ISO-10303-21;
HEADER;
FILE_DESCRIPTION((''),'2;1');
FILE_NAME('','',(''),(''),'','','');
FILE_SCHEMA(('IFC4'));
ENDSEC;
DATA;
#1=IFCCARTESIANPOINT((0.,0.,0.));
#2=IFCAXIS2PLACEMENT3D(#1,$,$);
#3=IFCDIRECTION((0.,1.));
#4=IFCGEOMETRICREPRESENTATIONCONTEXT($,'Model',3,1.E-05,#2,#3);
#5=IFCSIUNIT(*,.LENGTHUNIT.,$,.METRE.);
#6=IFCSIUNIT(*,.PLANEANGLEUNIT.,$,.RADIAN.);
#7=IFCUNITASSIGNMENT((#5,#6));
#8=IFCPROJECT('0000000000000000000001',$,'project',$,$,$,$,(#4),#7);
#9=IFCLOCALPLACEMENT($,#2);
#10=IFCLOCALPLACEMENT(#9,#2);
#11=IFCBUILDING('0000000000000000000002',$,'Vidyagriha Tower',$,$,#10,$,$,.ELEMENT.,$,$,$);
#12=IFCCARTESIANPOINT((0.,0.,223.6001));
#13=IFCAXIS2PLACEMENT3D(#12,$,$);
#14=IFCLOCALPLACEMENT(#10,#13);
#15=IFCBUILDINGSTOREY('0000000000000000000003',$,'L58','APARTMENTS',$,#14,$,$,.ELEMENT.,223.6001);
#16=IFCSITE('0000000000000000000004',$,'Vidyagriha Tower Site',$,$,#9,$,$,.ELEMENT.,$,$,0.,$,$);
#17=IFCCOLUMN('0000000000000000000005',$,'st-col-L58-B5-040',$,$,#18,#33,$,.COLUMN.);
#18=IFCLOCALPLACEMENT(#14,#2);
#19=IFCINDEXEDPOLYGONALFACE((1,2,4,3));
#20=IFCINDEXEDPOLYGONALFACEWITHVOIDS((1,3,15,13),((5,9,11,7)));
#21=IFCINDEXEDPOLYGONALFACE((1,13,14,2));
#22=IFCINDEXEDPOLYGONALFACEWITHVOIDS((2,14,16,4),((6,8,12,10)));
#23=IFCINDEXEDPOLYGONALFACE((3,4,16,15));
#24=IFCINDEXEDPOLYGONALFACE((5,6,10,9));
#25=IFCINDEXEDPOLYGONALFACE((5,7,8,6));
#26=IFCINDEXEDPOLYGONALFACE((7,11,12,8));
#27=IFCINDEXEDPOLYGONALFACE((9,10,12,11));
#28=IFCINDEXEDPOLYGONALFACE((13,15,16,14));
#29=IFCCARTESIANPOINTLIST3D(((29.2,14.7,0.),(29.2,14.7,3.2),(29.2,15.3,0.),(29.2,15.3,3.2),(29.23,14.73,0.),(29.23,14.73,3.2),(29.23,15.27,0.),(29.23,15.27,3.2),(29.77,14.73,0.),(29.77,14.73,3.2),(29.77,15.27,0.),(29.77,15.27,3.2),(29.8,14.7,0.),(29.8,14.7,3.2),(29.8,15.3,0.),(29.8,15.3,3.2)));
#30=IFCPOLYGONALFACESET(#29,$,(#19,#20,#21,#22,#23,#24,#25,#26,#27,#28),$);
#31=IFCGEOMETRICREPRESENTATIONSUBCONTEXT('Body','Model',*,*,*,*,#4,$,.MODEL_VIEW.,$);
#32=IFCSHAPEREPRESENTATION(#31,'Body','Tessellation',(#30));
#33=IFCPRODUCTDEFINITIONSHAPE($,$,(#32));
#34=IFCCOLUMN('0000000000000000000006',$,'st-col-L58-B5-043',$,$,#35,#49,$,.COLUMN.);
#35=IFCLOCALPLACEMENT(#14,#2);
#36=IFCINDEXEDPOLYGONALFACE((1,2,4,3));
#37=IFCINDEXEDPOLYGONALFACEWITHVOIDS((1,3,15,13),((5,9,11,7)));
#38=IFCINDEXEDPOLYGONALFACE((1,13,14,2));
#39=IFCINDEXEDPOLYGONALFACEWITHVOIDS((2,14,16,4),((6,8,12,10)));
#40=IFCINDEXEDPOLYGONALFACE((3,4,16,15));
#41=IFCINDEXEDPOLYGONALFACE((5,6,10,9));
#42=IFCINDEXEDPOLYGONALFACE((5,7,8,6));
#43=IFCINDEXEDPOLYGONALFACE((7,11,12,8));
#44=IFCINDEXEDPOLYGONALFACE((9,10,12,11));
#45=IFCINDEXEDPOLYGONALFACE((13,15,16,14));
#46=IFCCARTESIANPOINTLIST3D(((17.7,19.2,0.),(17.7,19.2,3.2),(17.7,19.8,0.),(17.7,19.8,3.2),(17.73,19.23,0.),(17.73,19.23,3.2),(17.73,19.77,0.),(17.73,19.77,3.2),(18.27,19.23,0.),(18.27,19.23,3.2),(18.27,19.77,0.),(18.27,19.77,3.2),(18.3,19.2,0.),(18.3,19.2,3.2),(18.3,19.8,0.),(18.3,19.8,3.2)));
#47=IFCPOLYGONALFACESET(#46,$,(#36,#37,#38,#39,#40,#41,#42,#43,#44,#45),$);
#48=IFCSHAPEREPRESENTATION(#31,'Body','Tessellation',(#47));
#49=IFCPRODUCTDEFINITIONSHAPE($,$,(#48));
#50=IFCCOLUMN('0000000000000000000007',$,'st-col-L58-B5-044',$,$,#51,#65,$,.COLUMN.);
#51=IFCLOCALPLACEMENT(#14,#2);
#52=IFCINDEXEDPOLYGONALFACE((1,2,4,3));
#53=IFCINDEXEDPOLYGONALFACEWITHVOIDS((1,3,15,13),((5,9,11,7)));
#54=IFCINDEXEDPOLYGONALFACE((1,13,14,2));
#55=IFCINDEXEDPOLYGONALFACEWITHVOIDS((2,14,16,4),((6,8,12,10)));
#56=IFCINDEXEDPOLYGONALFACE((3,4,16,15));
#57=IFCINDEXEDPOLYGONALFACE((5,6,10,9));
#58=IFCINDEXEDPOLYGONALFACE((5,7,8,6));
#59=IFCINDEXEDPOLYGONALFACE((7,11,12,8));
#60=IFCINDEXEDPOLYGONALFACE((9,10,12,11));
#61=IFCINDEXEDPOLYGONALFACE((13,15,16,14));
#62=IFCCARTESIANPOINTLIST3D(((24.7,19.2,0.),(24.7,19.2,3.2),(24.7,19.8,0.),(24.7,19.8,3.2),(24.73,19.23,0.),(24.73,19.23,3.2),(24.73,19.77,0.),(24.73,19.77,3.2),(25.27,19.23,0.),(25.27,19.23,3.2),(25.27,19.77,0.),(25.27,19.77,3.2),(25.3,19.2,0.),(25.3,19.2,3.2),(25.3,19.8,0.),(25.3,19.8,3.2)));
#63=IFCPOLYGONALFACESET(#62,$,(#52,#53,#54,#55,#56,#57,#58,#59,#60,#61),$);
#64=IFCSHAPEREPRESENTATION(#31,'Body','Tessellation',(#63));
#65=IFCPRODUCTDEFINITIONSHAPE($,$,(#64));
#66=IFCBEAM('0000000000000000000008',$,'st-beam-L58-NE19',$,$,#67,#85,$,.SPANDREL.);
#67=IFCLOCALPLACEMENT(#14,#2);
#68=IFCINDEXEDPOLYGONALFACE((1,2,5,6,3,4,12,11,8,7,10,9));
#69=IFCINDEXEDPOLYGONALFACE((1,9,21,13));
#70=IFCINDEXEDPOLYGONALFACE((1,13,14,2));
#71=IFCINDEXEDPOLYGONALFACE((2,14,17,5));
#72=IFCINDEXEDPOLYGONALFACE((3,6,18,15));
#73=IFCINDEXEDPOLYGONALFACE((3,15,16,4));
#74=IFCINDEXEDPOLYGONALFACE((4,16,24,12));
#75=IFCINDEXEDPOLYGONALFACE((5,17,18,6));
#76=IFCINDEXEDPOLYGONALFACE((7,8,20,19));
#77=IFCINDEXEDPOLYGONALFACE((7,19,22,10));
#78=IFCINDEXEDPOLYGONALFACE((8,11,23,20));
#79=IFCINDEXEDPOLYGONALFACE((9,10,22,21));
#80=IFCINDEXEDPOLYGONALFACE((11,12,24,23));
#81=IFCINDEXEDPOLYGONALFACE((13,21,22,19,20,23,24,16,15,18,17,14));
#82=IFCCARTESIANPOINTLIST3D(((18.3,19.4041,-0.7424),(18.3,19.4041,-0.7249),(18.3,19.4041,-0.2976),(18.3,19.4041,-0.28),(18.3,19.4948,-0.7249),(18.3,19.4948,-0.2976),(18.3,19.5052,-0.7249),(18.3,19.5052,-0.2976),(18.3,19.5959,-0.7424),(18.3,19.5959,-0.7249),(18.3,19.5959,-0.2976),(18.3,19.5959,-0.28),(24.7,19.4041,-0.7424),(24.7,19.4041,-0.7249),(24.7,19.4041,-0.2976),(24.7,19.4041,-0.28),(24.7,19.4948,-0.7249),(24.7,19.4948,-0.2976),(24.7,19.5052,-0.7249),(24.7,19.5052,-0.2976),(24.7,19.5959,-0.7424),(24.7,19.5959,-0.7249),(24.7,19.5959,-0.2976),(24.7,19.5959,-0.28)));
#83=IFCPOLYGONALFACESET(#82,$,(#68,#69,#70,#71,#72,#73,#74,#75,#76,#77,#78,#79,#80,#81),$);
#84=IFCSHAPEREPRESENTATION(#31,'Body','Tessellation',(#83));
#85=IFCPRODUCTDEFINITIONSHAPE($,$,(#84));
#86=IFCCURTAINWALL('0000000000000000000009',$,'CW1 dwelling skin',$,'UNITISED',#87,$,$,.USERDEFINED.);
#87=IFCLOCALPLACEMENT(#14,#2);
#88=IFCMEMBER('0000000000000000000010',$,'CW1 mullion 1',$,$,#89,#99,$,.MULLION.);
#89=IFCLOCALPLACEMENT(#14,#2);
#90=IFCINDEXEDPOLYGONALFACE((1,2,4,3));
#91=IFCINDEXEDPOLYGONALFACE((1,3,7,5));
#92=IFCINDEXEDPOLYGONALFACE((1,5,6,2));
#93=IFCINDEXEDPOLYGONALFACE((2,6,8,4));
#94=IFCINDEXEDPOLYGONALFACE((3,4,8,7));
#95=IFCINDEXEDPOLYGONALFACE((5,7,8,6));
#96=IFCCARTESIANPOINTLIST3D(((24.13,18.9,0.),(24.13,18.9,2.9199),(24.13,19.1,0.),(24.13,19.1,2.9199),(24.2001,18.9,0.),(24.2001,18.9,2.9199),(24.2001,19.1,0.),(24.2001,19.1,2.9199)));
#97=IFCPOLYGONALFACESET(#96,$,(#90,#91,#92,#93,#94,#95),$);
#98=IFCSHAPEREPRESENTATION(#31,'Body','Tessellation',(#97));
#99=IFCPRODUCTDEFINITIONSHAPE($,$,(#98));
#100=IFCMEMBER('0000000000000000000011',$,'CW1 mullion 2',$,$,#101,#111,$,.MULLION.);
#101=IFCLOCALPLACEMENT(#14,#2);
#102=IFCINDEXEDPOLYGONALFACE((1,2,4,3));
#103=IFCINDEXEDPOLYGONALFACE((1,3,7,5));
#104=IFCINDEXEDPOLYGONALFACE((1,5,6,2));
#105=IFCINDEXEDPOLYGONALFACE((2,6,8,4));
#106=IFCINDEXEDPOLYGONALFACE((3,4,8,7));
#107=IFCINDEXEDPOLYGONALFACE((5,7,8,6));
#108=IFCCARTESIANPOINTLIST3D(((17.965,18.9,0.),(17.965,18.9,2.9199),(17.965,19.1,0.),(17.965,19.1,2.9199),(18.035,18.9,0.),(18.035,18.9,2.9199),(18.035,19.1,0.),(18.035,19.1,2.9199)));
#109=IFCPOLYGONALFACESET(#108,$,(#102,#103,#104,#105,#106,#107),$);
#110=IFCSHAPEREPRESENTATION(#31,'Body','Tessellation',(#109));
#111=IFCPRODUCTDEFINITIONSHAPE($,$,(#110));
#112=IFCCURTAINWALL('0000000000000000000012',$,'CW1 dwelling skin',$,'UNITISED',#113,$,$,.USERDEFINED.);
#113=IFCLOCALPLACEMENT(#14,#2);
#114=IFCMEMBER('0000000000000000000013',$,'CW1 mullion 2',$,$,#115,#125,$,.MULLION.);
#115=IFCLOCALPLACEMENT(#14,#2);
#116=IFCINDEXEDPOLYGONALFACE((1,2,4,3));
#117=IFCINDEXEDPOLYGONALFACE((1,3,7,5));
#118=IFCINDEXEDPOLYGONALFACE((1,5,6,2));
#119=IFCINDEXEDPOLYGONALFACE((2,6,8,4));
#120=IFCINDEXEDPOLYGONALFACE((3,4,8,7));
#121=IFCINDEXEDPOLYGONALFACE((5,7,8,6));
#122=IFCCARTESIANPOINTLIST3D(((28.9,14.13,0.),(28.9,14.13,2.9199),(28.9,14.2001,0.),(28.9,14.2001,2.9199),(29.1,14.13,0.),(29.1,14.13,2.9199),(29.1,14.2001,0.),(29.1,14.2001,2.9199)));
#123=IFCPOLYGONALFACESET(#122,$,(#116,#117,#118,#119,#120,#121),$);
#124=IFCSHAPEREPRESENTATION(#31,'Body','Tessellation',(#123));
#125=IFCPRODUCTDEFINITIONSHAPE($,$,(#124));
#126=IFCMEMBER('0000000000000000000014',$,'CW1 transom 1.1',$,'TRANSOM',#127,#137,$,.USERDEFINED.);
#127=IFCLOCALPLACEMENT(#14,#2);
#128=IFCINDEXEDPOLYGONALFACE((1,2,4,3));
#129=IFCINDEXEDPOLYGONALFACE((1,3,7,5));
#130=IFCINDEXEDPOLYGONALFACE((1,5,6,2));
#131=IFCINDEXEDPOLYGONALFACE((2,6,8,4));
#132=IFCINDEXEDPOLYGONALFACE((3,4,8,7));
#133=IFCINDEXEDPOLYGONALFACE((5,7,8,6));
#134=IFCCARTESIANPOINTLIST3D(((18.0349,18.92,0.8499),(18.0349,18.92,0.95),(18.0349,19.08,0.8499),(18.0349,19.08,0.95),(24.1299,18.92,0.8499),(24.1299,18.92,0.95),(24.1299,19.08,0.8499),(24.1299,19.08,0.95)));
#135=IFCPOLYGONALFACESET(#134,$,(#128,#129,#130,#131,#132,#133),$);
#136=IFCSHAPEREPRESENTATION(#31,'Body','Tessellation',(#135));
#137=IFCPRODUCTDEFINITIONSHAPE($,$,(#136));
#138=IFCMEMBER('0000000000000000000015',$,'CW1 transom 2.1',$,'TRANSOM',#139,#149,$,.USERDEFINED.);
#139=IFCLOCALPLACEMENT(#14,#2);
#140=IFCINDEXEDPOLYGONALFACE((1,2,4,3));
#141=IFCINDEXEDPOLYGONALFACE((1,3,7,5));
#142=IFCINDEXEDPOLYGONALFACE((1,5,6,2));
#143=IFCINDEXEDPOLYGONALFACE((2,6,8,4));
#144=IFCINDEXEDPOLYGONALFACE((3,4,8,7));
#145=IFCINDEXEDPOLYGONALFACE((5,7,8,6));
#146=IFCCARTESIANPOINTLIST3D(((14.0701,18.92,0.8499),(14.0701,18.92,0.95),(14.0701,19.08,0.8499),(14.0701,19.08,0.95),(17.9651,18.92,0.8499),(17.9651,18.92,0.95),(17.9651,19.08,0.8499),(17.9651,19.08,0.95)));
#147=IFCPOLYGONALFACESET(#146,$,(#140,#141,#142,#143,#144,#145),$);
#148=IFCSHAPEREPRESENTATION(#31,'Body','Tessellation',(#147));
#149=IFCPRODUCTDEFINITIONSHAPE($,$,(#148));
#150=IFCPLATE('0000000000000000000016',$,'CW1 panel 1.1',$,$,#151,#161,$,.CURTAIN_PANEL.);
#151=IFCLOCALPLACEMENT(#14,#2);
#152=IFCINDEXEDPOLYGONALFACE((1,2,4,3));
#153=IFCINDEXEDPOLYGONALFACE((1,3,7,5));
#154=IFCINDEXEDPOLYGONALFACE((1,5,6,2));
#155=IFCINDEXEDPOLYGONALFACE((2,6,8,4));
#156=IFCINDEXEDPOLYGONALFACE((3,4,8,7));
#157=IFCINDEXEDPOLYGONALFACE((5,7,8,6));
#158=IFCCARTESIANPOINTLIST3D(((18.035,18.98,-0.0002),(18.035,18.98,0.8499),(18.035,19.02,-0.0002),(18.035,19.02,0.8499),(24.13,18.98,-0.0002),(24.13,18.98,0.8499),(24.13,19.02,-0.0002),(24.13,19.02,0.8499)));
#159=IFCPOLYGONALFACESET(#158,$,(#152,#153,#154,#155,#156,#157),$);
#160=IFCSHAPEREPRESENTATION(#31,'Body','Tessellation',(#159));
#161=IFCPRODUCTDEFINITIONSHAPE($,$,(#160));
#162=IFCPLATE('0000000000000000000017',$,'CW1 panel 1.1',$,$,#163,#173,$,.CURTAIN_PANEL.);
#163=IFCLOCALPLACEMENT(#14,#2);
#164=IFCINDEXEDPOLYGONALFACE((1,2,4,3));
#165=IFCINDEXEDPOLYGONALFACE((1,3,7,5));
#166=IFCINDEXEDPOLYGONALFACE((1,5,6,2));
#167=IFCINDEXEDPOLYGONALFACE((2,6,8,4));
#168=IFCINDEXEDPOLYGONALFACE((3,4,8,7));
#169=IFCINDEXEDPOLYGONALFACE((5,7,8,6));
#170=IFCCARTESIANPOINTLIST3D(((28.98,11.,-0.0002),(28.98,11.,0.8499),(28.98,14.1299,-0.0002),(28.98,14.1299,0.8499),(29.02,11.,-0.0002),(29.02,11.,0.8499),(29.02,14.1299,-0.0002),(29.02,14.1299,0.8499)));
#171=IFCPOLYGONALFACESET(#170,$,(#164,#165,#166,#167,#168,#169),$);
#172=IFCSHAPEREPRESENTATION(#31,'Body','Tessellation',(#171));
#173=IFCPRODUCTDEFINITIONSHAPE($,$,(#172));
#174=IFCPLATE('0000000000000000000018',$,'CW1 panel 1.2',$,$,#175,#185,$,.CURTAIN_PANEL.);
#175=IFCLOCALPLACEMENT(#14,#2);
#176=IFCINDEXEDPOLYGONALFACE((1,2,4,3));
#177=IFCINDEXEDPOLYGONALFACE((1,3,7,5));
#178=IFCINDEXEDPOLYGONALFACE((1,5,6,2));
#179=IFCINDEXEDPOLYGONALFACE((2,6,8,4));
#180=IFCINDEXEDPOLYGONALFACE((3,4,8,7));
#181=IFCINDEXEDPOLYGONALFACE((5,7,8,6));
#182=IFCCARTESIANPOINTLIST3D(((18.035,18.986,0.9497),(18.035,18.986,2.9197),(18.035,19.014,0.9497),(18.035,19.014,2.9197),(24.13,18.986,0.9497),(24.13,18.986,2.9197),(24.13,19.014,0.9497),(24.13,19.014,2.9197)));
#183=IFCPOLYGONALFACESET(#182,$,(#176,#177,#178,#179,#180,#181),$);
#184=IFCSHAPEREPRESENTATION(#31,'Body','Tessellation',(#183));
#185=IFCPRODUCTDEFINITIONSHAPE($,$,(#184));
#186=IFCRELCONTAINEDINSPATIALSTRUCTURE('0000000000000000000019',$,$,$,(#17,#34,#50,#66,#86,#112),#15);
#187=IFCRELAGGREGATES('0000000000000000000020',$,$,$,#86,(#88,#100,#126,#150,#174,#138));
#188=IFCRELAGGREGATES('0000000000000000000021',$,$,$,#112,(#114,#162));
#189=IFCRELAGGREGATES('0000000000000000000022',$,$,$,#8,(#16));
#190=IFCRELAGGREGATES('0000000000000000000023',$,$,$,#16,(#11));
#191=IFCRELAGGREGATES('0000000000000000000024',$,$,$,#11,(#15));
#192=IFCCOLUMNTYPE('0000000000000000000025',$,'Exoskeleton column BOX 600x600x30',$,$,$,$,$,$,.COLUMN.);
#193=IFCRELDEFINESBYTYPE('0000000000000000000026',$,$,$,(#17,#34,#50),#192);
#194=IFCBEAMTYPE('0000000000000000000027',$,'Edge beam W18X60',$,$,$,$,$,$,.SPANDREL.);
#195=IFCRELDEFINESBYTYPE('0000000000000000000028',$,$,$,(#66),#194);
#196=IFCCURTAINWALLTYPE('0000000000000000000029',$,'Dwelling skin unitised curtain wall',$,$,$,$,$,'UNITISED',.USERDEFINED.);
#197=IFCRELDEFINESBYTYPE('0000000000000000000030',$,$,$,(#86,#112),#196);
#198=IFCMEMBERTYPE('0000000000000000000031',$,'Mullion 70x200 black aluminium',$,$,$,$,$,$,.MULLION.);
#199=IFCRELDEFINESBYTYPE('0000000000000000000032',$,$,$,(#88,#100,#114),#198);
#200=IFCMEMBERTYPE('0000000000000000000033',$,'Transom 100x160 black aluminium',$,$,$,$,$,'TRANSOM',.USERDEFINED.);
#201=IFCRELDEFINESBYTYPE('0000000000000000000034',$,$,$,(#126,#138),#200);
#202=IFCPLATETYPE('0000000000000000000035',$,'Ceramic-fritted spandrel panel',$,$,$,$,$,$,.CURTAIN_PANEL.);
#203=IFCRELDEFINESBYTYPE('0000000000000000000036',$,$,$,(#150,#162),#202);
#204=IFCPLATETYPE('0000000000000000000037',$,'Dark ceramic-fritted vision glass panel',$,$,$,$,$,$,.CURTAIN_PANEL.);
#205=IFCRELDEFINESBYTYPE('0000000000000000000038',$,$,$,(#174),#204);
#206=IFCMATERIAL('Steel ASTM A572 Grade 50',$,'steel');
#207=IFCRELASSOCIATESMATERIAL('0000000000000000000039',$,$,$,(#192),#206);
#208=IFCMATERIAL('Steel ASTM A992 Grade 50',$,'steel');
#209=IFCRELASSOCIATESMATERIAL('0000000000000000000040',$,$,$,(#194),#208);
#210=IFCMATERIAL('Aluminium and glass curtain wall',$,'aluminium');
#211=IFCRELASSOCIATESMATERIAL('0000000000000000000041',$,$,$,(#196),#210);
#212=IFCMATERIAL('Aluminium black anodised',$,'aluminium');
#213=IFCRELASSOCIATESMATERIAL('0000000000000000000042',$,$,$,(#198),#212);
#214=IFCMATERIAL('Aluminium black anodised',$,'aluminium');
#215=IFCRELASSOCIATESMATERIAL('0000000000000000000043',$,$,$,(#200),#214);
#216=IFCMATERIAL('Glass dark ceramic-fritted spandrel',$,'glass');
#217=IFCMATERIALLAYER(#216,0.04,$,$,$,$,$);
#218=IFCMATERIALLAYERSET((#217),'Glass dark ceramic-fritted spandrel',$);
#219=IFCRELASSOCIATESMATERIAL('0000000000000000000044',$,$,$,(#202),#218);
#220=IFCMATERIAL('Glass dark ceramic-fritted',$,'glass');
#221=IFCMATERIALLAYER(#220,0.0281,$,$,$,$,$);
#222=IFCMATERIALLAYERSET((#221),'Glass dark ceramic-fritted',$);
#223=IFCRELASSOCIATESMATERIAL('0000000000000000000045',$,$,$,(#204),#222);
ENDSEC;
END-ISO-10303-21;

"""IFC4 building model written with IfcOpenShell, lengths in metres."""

from ifc_helpers import new_model, si_unit, direction, frame, origin, origin_2d, place, context, subcontext, project, spatial, rectangle, hollow_rectangle, i_section, extrude, material, layer, layer_set, material_profile, profile_set, type_object, element, aggregate, save


model = new_model("IFC4")

# Units and contexts
model_context = context("Model", 3, precision=1e-05, world=origin(), true_north=direction((0.0, 1.0)))
body_context = subcontext(model_context, "Body", "Model", "MODEL_VIEW")
ifc_project = project(units=[si_unit("LENGTHUNIT", "METRE"), si_unit("PLANEANGLEUNIT", "RADIAN")], contexts=[model_context])

# Site, building, storey
site_placement = place(None, origin())
site = spatial("IfcSite", under=ifc_project, at=site_placement, Name="Vidyagriha Tower Site", CompositionType="ELEMENT", RefElevation=0.0)
building_placement = place(site_placement, origin())
building = spatial("IfcBuilding", under=site, at=building_placement, Name="Vidyagriha Tower", CompositionType="ELEMENT")
storey_placement = place(building_placement, frame((0.0, 0.0, 223.6001)))
storey = spatial("IfcBuildingStorey", under=building, at=storey_placement, Name="L58", Description="APARTMENTS", CompositionType="ELEMENT", Elevation=223.6001)

# Columns
ifc_material_1 = material(Name="Steel ASTM A572 Grade 50", Category="steel")
ifc_material_profile_1 = material_profile(ifc_material_1, hollow_rectangle(XDim=0.6001, YDim=0.6001, WallThickness=0.03, at=origin_2d()), Name="BOX 600x600x30")
ifc_profile_set_1 = profile_set([ifc_material_profile_1], Name="Steel ASTM A572 Grade 50")
column_type = type_object("IfcColumnType", Name="Exoskeleton column BOX 600x600x30", PredefinedType="COLUMN", material=ifc_profile_set_1)
for number, where, name in (
    (1, (29.5, 15.0, 0.0), "st-col-L58-B5-040"),
    (2, (18.0, 19.5, 0.0), "st-col-L58-B5-043"),
    (3, (25.0, 19.5, 0.0), "st-col-L58-B5-044"),
):
    element("IfcColumn", number, at=place(storey_placement, frame(where)), inside=storey, type_object=column_type, Name=name, PredefinedType="COLUMN", context=body_context, shape_type="SweptSolid", body=[
        extrude(hollow_rectangle(XDim=0.6001, YDim=0.6001, WallThickness=0.03, at=origin_2d()), origin(), (0.0, 0.0, 1.0), 3.2),
    ])

# Beam
ifc_material_2 = material(Name="Steel ASTM A992 Grade 50", Category="steel")
ifc_material_profile_2 = material_profile(ifc_material_2, i_section(OverallWidth=0.1919, OverallDepth=0.4624, WebThickness=0.0105, FlangeThickness=0.0176, at=origin_2d()), Name="W18X60")
ifc_profile_set_2 = profile_set([ifc_material_profile_2], Name="Steel ASTM A992 Grade 50")
beam_type = type_object("IfcBeamType", Name="Edge beam W18X60", PredefinedType="SPANDREL", material=ifc_profile_set_2)
beam_placement = place(storey_placement, frame((18.3, 19.5, -0.5112), z_axis=(1.0, 0.0, 0.0), x_axis=(0.0, 1.0, 0.0)))
element("IfcBeam", 4, at=beam_placement, inside=storey, type_object=beam_type, Name="st-beam-L58-NE19", PredefinedType="SPANDREL", context=body_context, shape_type="SweptSolid", body=[
    extrude(i_section(OverallWidth=0.1919, OverallDepth=0.4624, WebThickness=0.0105, FlangeThickness=0.0176, at=origin_2d()), origin(), (0.0, 0.0, 1.0), 6.3999),
])

# Curtain wall, members
ifc_material_3 = material(Name="Aluminium and glass curtain wall", Category="aluminium")
curtain_wall_type = type_object("IfcCurtainWallType", Name="Dwelling skin unitised curtain wall", ElementType="UNITISED", PredefinedType="USERDEFINED", material=ifc_material_3)
curtain_wall_1_placement = place(storey_placement, origin())
curtain_wall_1 = element("IfcCurtainWall", 5, at=curtain_wall_1_placement, inside=storey, type_object=curtain_wall_type, Name="CW1 dwelling skin", ObjectType="UNITISED", PredefinedType="USERDEFINED")
ifc_material_4 = material(Name="Aluminium black anodised", Category="aluminium")
ifc_material_profile_3 = material_profile(ifc_material_4, rectangle(XDim=0.2, YDim=0.0701, at=origin_2d()), Name="Mullion 70x200 black aluminium")
ifc_profile_set_3 = profile_set([ifc_material_profile_3], Name="Aluminium black anodised")
member_type_1 = type_object("IfcMemberType", Name="Mullion 70x200 black aluminium", PredefinedType="MULLION", material=ifc_profile_set_3)
member_1_placement = place(storey_placement, frame((24.165, 19.0, 0.0), z_axis=(0.0, 0.0, 1.0), x_axis=(0.0, -1.0, 0.0)))
member_1 = element("IfcMember", 6, at=member_1_placement, type_object=member_type_1, Name="CW1 mullion 1", PredefinedType="MULLION", context=body_context, shape_type="SweptSolid", body=[
    extrude(rectangle(XDim=0.2, YDim=0.0701, at=origin_2d()), origin(), (0.0, 0.0, 1.0), 2.9199),
])
member_2_placement = place(storey_placement, frame((18.0, 19.0, 0.0), z_axis=(0.0, 0.0, 1.0), x_axis=(0.0, -1.0, 0.0)))
member_2 = element("IfcMember", 7, at=member_2_placement, type_object=member_type_1, Name="CW1 mullion 2", PredefinedType="MULLION", context=body_context, shape_type="SweptSolid", body=[
    extrude(rectangle(XDim=0.2, YDim=0.0701, at=origin_2d()), origin(), (0.0, 0.0, 1.0), 2.9199),
])

# Curtain wall, member
curtain_wall_2_placement = place(storey_placement, origin())
curtain_wall_2 = element("IfcCurtainWall", 8, at=curtain_wall_2_placement, inside=storey, type_object=curtain_wall_type, Name="CW1 dwelling skin", ObjectType="UNITISED", PredefinedType="USERDEFINED")
member_3_placement = place(storey_placement, frame((29.0, 14.165, 0.0), z_axis=(0.0, 0.0, 1.0), x_axis=(-1.0, 0.0, 0.0)))
member_3 = element("IfcMember", 9, at=member_3_placement, type_object=member_type_1, Name="CW1 mullion 2", PredefinedType="MULLION", context=body_context, shape_type="SweptSolid", body=[
    extrude(rectangle(XDim=0.2, YDim=0.0701, at=origin_2d()), origin(), (0.0, 0.0, 1.0), 2.9199),
])

# Members
ifc_material_5 = material(Name="Aluminium black anodised", Category="aluminium")
ifc_material_profile_4 = material_profile(ifc_material_5, rectangle(XDim=0.1599, YDim=0.1001, at=origin_2d()), Name="Transom 100x160 black aluminium")
ifc_profile_set_4 = profile_set([ifc_material_profile_4], Name="Aluminium black anodised")
member_type_2 = type_object("IfcMemberType", Name="Transom 100x160 black aluminium", ElementType="TRANSOM", PredefinedType="USERDEFINED", material=ifc_profile_set_4)
member_4_placement = place(storey_placement, frame((24.1299, 19.0, 0.8999), z_axis=(-1.0, 0.0, 0.0), x_axis=(0.0, -1.0, 0.0)))
member_4 = element("IfcMember", 10, at=member_4_placement, type_object=member_type_2, Name="CW1 transom 1.1", ObjectType="TRANSOM", PredefinedType="USERDEFINED", context=body_context, shape_type="SweptSolid", body=[
    extrude(rectangle(XDim=0.1599, YDim=0.1001, at=origin_2d()), origin(), (0.0, 0.0, 1.0), 6.095),
])
member_5_placement = place(storey_placement, frame((17.9651, 19.0, 0.8999), z_axis=(-1.0, 0.0, 0.0), x_axis=(0.0, -1.0, 0.0)))
member_5 = element("IfcMember", 11, at=member_5_placement, type_object=member_type_2, Name="CW1 transom 2.1", ObjectType="TRANSOM", PredefinedType="USERDEFINED", context=body_context, shape_type="SweptSolid", body=[
    extrude(rectangle(XDim=0.1599, YDim=0.1001, at=origin_2d()), origin(), (0.0, 0.0, 1.0), 3.895),
])

# Plates
ifc_material_6 = material(Name="Glass dark ceramic-fritted spandrel", Category="glass")
ifc_layer_1 = layer(ifc_material_6, 0.04)
ifc_layer_set_1 = layer_set([ifc_layer_1], Name="Glass dark ceramic-fritted spandrel")
plate_type_1 = type_object("IfcPlateType", Name="Ceramic-fritted spandrel panel", PredefinedType="CURTAIN_PANEL", material=ifc_layer_set_1)
plate_1_placement = place(storey_placement, frame((21.0825, 19.0, -0.0002), z_axis=(0.0, 0.0, 1.0), x_axis=(-1.0, 0.0, 0.0)))
plate_1 = element("IfcPlate", 12, at=plate_1_placement, type_object=plate_type_1, Name="CW1 panel 1.1", PredefinedType="CURTAIN_PANEL", context=body_context, shape_type="SweptSolid", body=[
    extrude(rectangle(XDim=6.095, YDim=0.04, at=origin_2d()), origin(), (0.0, 0.0, 1.0), 0.8501),
])
plate_2_placement = place(storey_placement, frame((29.0, 12.5649, -0.0002), z_axis=(0.0, 0.0, 1.0), x_axis=(0.0, 1.0, 0.0)))
plate_2 = element("IfcPlate", 13, at=plate_2_placement, type_object=plate_type_1, Name="CW1 panel 1.1", PredefinedType="CURTAIN_PANEL", context=body_context, shape_type="SweptSolid", body=[
    extrude(rectangle(XDim=3.1299, YDim=0.04, at=origin_2d()), origin(), (0.0, 0.0, 1.0), 0.8501),
])
ifc_material_7 = material(Name="Glass dark ceramic-fritted", Category="glass")
ifc_layer_2 = layer(ifc_material_7, 0.0281)
ifc_layer_set_2 = layer_set([ifc_layer_2], Name="Glass dark ceramic-fritted")
plate_type_2 = type_object("IfcPlateType", Name="Dark ceramic-fritted vision glass panel", PredefinedType="CURTAIN_PANEL", material=ifc_layer_set_2)
plate_3_placement = place(storey_placement, frame((21.0825, 19.0, 0.9497), z_axis=(0.0, 0.0, 1.0), x_axis=(-1.0, 0.0, 0.0)))
plate_3 = element("IfcPlate", 14, at=plate_3_placement, type_object=plate_type_2, Name="CW1 panel 1.2", PredefinedType="CURTAIN_PANEL", context=body_context, shape_type="SweptSolid", body=[
    extrude(rectangle(XDim=6.095, YDim=0.0281, at=origin_2d()), origin(), (0.0, 0.0, 1.0), 1.97),
])
aggregate(curtain_wall_1, [member_1, member_2, member_4, plate_1, plate_3, member_5])
aggregate(curtain_wall_2, [member_3, plate_2])

save(model, "model.ifc")
